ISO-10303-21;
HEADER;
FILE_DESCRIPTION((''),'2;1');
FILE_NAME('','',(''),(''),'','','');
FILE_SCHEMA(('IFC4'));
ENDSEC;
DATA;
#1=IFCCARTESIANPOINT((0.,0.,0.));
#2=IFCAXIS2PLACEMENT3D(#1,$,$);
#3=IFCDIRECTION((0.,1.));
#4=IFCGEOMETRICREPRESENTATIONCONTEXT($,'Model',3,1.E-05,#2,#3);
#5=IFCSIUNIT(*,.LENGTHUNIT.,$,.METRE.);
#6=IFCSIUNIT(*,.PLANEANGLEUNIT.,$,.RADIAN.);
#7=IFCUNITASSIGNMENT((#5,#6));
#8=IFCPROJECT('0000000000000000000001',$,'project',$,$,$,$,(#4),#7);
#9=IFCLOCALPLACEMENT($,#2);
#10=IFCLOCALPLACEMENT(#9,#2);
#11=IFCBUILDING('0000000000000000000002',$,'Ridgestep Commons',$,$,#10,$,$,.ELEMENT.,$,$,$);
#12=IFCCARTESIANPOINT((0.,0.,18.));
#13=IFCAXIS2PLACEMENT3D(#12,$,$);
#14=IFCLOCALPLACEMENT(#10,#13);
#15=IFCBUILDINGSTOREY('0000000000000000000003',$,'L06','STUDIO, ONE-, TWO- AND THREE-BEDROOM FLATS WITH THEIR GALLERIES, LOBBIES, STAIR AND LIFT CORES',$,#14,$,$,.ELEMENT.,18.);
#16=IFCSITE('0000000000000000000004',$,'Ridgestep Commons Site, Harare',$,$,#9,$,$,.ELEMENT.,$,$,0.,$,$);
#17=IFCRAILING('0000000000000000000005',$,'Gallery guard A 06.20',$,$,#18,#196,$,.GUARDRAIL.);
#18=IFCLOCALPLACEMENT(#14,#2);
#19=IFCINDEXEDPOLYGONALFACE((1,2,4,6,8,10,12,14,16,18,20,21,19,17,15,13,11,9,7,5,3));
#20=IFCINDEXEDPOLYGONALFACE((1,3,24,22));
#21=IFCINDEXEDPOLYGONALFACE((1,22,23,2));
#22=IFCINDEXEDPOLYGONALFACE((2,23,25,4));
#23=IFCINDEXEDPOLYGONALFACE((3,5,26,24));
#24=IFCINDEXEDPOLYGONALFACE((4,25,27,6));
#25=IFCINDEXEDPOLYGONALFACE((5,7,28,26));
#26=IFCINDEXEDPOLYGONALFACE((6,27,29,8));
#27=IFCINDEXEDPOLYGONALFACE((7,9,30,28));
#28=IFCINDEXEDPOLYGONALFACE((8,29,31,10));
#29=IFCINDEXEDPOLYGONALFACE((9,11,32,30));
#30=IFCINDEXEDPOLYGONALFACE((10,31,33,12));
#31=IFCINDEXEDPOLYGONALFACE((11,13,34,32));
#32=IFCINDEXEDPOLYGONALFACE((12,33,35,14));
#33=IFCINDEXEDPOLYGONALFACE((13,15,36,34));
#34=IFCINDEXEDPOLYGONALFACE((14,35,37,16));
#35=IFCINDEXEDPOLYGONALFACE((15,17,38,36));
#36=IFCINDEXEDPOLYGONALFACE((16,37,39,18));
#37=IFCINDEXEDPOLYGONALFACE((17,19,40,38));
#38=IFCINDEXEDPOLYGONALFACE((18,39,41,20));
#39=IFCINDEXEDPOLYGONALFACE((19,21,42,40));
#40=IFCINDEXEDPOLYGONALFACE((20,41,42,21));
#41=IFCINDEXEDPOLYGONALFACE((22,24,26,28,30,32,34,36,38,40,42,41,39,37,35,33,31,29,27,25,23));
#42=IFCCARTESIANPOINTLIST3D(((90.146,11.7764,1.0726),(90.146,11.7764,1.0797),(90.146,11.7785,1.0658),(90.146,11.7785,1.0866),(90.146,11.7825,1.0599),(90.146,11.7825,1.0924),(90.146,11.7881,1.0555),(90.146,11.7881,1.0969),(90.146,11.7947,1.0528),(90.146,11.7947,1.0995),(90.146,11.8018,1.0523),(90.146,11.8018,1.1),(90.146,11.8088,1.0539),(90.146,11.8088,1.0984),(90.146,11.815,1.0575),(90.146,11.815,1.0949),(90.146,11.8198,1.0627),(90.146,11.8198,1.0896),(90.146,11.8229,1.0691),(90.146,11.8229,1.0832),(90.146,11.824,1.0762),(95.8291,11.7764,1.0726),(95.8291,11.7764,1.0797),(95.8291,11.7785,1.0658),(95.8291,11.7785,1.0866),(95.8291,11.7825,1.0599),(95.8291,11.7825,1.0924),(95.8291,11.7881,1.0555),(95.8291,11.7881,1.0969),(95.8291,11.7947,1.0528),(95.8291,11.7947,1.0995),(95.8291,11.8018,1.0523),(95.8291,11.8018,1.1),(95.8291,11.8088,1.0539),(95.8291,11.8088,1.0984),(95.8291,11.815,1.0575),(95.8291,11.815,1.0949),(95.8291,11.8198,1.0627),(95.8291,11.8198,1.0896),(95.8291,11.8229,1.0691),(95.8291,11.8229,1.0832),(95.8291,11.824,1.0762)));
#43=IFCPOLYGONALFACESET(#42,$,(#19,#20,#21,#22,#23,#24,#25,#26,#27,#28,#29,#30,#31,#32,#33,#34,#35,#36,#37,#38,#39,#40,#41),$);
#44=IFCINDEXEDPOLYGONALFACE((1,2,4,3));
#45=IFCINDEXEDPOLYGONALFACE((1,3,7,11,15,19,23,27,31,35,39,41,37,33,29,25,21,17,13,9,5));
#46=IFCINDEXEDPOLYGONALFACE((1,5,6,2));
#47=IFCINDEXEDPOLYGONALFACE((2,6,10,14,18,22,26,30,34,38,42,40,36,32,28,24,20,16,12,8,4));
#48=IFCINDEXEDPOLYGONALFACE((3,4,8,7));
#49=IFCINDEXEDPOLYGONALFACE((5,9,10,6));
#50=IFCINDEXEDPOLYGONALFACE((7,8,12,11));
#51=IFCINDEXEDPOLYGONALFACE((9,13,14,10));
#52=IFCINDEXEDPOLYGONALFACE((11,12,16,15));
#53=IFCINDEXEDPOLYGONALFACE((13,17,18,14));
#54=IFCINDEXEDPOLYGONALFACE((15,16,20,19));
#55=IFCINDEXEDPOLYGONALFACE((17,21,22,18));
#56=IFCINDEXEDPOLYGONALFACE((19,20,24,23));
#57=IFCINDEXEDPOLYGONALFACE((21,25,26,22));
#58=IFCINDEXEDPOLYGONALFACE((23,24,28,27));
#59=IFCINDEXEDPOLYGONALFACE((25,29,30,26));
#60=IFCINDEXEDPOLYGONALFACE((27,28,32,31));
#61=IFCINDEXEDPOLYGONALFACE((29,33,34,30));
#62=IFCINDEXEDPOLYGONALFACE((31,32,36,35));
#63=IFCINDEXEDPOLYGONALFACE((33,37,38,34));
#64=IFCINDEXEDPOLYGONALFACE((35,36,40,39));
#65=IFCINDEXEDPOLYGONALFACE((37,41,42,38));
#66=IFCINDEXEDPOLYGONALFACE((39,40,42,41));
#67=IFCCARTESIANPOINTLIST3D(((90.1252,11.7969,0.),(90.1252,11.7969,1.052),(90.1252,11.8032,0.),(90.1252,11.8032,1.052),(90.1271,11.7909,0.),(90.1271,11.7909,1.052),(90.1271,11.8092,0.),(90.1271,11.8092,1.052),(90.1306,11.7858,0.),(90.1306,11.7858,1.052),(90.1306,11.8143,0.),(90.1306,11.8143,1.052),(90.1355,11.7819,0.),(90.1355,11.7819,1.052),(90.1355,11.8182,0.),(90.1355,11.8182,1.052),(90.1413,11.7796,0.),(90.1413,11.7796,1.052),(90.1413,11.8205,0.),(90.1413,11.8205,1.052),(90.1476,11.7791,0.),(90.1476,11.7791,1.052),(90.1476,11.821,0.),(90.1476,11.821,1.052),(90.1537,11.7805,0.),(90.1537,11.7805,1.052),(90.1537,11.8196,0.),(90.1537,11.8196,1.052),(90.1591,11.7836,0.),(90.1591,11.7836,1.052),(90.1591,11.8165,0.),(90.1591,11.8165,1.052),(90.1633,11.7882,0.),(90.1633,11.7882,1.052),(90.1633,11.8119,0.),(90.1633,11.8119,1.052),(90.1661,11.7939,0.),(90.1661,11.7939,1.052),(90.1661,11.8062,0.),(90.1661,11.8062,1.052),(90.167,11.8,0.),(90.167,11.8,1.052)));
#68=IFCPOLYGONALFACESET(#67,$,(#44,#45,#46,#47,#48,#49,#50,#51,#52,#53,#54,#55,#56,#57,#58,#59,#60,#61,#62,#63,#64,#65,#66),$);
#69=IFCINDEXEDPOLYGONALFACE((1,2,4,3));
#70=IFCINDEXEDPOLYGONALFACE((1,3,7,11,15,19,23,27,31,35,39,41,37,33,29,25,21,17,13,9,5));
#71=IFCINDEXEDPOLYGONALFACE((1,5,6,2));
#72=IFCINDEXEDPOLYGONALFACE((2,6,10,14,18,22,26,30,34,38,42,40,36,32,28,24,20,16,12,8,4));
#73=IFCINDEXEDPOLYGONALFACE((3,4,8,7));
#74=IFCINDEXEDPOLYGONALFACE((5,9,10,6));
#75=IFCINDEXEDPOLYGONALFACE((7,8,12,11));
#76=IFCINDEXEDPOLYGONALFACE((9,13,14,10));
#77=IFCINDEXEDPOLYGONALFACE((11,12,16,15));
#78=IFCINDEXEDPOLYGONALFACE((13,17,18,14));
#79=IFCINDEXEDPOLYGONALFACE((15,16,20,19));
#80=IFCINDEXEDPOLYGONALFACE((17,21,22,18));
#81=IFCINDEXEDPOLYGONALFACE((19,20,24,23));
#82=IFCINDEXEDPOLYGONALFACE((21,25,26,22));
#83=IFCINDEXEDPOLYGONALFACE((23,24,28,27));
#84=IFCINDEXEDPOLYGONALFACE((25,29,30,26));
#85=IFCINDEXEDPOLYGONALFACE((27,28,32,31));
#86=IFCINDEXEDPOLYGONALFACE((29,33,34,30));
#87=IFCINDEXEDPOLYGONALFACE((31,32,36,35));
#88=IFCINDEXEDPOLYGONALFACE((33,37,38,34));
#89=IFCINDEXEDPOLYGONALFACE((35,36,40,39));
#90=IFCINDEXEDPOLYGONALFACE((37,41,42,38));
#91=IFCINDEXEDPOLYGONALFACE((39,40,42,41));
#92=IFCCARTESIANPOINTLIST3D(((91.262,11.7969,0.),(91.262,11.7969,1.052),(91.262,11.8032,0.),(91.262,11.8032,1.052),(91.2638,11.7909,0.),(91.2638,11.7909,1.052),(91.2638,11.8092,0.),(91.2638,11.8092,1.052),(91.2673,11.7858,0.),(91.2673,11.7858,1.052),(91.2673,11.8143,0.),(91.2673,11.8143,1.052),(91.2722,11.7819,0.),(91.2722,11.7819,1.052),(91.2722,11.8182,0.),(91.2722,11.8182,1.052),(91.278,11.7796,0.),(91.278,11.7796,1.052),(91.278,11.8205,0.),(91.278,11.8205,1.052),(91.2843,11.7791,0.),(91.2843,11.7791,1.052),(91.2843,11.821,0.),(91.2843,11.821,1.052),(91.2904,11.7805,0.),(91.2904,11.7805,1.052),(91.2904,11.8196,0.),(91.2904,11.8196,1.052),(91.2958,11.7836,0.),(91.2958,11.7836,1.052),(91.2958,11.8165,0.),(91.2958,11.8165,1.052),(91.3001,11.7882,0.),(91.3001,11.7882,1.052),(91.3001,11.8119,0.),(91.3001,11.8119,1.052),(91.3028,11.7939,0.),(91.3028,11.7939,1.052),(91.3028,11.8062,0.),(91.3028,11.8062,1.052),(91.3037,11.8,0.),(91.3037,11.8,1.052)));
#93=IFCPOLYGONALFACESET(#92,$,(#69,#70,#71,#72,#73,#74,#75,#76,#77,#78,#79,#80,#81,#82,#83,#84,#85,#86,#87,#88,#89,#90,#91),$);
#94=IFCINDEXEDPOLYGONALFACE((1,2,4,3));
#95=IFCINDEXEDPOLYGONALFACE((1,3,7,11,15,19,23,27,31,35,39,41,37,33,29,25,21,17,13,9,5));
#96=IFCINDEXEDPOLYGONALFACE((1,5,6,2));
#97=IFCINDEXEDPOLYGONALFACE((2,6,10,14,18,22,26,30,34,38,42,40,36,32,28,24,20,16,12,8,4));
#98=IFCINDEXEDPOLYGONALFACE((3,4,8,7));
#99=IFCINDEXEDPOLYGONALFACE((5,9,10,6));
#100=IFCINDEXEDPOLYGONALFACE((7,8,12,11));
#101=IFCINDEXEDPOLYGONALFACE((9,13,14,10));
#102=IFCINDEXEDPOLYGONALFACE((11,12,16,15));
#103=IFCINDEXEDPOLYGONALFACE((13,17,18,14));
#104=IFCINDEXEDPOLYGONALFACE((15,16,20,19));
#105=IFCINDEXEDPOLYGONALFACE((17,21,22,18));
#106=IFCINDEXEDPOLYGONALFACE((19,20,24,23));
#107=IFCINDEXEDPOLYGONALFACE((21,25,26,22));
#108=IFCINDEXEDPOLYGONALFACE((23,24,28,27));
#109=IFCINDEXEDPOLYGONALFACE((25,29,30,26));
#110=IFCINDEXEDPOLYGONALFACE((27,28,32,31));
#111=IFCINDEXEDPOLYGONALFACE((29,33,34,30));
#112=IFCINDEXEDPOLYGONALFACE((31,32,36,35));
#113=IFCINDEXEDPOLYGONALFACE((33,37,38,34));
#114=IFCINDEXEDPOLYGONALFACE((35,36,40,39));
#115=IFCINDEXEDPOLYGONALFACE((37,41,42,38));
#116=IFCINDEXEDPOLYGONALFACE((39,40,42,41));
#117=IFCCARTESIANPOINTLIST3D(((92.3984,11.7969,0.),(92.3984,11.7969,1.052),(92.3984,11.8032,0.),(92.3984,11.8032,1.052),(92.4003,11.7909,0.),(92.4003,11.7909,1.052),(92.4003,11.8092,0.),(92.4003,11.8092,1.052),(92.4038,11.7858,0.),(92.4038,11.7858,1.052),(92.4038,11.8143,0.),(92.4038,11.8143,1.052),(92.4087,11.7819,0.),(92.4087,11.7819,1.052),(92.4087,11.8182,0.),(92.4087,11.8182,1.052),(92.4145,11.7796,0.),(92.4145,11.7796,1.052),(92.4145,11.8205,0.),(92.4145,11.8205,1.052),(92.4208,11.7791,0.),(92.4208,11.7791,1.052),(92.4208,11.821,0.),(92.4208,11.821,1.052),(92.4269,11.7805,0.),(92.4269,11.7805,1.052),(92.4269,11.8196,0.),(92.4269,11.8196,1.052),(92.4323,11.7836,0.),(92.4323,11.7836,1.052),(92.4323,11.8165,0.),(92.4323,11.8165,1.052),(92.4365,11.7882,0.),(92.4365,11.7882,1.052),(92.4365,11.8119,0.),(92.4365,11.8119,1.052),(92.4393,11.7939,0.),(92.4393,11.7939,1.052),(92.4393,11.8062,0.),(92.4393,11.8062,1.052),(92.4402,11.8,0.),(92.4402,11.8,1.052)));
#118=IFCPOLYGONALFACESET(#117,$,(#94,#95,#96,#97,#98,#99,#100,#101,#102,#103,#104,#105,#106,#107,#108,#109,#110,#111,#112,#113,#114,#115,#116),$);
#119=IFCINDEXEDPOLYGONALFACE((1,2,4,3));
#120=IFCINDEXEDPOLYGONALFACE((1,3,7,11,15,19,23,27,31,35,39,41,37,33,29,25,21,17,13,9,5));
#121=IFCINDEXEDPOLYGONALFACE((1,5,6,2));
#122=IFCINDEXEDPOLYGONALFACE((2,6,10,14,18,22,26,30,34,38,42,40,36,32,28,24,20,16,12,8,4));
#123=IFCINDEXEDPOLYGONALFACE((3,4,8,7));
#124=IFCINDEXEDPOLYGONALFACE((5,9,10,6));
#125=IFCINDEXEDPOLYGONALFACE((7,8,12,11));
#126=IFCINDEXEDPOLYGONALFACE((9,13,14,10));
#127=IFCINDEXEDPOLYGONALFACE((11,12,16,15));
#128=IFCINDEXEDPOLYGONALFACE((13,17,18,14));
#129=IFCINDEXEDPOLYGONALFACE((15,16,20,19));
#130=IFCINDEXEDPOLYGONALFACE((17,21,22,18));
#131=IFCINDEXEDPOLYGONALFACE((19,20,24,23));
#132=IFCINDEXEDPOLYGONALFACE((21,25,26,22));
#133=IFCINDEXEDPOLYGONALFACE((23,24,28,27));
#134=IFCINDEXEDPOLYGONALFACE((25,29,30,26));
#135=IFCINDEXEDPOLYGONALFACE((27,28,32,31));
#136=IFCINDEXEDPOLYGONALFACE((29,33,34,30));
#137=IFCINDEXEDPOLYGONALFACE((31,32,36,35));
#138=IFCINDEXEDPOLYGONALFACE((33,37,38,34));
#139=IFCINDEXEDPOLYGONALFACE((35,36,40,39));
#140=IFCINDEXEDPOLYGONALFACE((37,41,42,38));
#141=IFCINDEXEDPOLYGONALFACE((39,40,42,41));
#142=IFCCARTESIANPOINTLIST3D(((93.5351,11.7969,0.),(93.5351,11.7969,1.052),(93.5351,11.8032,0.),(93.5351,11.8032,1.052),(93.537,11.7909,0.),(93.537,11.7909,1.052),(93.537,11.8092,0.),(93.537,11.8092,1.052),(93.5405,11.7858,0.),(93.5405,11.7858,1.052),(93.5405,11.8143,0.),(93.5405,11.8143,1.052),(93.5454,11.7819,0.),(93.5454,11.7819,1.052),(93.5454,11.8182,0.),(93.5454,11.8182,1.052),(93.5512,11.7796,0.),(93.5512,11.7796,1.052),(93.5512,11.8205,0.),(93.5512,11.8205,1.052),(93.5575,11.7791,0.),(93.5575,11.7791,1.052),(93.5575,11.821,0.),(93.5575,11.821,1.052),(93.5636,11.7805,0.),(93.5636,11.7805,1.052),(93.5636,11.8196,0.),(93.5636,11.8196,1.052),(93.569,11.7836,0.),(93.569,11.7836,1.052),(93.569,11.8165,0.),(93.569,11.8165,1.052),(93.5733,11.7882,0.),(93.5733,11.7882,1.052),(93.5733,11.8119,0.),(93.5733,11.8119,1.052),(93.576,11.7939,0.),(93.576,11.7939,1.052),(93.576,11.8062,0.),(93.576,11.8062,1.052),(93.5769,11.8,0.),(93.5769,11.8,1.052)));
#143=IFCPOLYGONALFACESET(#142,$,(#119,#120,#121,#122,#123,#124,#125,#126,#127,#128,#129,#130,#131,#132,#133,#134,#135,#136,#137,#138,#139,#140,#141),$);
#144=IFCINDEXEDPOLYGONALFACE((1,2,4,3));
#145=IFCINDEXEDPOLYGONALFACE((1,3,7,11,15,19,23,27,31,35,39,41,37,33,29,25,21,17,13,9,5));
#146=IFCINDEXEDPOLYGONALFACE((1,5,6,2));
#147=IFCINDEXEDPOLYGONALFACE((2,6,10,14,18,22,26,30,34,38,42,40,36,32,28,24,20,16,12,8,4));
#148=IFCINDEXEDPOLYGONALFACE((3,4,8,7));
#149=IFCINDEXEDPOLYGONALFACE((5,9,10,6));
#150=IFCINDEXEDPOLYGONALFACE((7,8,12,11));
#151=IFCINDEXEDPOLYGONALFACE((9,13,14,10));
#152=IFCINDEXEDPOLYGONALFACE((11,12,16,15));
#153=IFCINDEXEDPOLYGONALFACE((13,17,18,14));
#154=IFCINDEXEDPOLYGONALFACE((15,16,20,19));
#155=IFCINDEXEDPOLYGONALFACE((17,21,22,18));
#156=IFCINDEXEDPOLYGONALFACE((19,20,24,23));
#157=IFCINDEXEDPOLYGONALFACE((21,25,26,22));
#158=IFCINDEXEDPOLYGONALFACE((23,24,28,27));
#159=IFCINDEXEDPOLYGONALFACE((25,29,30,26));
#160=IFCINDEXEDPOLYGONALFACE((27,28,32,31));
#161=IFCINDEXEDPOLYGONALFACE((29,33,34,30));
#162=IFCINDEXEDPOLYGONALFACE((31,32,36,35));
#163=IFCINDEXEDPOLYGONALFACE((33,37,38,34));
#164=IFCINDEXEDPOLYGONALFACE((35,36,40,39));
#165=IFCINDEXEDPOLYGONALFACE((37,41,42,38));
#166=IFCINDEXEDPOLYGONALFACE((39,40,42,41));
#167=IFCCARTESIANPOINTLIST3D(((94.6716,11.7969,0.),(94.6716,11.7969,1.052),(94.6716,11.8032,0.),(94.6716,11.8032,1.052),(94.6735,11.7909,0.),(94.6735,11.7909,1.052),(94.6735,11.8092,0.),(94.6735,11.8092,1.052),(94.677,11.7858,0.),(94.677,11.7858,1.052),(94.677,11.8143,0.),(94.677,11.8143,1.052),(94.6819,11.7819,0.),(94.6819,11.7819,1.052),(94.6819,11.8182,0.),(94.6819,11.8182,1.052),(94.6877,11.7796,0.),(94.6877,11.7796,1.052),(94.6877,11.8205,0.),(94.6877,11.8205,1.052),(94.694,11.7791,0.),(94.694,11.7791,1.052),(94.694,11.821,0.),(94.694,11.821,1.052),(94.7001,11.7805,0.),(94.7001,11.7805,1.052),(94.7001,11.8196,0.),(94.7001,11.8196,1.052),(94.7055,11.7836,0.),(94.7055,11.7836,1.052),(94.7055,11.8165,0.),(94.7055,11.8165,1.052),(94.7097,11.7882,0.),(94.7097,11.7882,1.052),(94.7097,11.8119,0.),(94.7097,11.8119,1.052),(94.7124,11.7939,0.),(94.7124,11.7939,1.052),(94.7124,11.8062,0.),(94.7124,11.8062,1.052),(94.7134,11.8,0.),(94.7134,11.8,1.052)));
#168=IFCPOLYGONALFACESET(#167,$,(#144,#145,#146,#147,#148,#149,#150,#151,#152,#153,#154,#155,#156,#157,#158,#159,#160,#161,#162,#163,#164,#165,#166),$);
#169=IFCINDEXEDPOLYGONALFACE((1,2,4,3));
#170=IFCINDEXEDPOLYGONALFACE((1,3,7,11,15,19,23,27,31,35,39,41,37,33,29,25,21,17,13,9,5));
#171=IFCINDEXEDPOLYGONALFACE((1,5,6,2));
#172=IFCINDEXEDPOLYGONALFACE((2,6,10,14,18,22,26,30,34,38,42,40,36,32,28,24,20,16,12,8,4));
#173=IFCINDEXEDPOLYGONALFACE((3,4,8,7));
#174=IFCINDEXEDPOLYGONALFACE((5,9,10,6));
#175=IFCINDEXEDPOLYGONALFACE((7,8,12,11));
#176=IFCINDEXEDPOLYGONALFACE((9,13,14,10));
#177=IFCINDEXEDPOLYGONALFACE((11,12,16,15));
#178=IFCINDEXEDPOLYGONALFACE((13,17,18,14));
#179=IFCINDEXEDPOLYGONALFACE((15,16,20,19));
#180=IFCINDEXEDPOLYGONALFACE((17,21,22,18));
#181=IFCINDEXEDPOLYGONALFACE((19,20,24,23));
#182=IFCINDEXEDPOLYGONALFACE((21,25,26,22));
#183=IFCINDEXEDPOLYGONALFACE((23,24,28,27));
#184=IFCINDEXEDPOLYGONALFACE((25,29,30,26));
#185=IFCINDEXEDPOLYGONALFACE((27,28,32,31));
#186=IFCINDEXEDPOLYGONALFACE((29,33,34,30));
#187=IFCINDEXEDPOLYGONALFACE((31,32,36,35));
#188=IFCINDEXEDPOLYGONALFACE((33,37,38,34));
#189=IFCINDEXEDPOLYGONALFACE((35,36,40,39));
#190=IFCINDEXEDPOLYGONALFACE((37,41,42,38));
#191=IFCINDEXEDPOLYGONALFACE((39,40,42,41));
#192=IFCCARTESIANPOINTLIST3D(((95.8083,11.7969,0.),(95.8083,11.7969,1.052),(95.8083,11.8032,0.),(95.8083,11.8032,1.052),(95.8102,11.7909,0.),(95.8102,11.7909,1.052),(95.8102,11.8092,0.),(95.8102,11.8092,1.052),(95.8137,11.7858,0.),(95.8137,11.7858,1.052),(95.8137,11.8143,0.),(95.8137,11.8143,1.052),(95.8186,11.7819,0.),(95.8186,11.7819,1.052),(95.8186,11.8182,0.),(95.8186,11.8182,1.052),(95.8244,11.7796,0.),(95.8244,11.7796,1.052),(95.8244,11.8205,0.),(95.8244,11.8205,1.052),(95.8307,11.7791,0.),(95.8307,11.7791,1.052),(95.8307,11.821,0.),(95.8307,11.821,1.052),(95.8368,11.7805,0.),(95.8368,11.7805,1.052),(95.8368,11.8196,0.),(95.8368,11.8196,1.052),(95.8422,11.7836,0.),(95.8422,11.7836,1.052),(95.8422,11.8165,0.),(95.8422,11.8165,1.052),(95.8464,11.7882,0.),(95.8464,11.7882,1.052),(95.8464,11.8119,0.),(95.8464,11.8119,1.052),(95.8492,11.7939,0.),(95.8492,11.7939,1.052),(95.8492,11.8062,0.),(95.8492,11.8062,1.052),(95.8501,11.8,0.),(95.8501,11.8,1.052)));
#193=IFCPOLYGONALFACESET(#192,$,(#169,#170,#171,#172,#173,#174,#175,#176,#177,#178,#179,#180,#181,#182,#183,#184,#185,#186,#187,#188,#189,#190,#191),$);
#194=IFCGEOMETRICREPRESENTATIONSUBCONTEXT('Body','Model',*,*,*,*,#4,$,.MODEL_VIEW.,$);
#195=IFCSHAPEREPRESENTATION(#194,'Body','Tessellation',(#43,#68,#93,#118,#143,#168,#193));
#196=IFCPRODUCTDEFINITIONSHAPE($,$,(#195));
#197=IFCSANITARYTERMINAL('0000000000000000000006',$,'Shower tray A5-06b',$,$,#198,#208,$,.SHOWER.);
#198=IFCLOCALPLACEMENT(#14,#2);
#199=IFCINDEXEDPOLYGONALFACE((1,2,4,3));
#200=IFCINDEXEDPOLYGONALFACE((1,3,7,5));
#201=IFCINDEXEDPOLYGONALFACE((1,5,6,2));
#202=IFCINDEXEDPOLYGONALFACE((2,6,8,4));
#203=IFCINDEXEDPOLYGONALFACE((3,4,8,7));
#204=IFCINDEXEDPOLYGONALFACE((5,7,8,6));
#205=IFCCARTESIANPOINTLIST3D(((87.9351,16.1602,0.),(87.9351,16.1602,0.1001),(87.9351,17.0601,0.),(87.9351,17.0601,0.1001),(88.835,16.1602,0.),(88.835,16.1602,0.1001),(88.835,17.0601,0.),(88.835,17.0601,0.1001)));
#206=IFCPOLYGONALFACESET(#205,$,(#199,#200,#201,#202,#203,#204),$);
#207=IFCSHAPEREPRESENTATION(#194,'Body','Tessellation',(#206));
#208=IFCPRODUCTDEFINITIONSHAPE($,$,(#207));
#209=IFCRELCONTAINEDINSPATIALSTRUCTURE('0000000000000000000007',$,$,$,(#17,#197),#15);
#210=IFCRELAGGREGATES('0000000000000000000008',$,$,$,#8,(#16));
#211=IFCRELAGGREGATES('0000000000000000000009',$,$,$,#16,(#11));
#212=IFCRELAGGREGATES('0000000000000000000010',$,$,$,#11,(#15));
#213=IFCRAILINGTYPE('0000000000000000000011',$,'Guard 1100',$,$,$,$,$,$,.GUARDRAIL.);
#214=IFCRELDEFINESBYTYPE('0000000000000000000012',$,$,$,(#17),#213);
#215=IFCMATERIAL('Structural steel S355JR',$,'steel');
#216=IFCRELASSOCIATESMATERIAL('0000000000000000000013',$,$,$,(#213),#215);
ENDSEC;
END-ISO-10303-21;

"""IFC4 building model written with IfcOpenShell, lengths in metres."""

from ifc_helpers import new_model, si_unit, direction, frame, origin, origin_2d, place, context, subcontext, project, spatial, rectangle, circle, extrude, material, type_object, element, save


model = new_model("IFC4")

# Units and contexts
model_context = context("Model", 3, precision=1e-05, world=origin(), true_north=direction((0.0, 1.0)))
body_context = subcontext(model_context, "Body", "Model", "MODEL_VIEW")
ifc_project = project(units=[si_unit("LENGTHUNIT", "METRE"), si_unit("PLANEANGLEUNIT", "RADIAN")], contexts=[model_context])

# Site, building, storey
site_placement = place(None, origin())
site = spatial("IfcSite", under=ifc_project, at=site_placement, Name="Ridgestep Commons Site, Harare", CompositionType="ELEMENT", RefElevation=0.0)
building_placement = place(site_placement, origin())
building = spatial("IfcBuilding", under=site, at=building_placement, Name="Ridgestep Commons", CompositionType="ELEMENT")
storey_placement = place(building_placement, frame((0.0, 0.0, 18.0)))
storey = spatial("IfcBuildingStorey", under=building, at=storey_placement, Name="L06", Description="STUDIO, ONE-, TWO- AND THREE-BEDROOM FLATS WITH THEIR GALLERIES, LOBBIES, STAIR AND LIFT CORES", CompositionType="ELEMENT", Elevation=18.0)

# Railing
ifc_material_1 = material(Name="Structural steel S355JR", Category="steel")
railing_type = type_object("IfcRailingType", Name="Guard 1100", PredefinedType="GUARDRAIL", material=ifc_material_1)
railing_1_placement = place(storey_placement, frame((90.146, 11.8, 0.0)))
element("IfcRailing", 1, at=railing_1_placement, inside=storey, type_object=railing_type, Name="Gallery guard A 06.20", PredefinedType="GUARDRAIL", context=body_context, shape_type="SweptSolid", body=[
    extrude(circle(Radius=0.0239, at=origin_2d()), frame((0.0, 0.0, 1.0762), z_axis=(1.0, 0.0, 0.0), x_axis=(0.0, 1.0, 0.0)), (0.0, 0.0, 1.0), 5.6831),
    extrude(circle(Radius=0.021, at=origin_2d()), origin(), (0.0, 0.0, 1.0), 1.052),
    extrude(circle(Radius=0.021, at=origin_2d()), frame((1.1367, 0.0, 0.0)), (0.0, 0.0, 1.0), 1.052),
    extrude(circle(Radius=0.021, at=origin_2d()), frame((2.2732, 0.0, 0.0)), (0.0, 0.0, 1.0), 1.052),
    extrude(circle(Radius=0.021, at=origin_2d()), frame((3.4099, 0.0, 0.0)), (0.0, 0.0, 1.0), 1.052),
    extrude(circle(Radius=0.021, at=origin_2d()), frame((4.5464, 0.0, 0.0)), (0.0, 0.0, 1.0), 1.052),
    extrude(circle(Radius=0.021, at=origin_2d()), frame((5.6831, 0.0, 0.0)), (0.0, 0.0, 1.0), 1.052),
])

# Sanitary terminal
sanitary_terminal_1_placement = place(storey_placement, frame((88.385, 16.6101, 0.0), z_axis=(0.0, 0.0, 1.0), x_axis=(1.0, 0.0, 0.0)))
element("IfcSanitaryTerminal", 2, at=sanitary_terminal_1_placement, inside=storey, Name="Shower tray A5-06b", PredefinedType="SHOWER", context=body_context, shape_type="SweptSolid", body=[
    extrude(rectangle(XDim=0.8999, YDim=0.8999, at=origin_2d()), origin(), (0.0, 0.0, 1.0), 0.1001),
])

save(model, "model.ifc")
